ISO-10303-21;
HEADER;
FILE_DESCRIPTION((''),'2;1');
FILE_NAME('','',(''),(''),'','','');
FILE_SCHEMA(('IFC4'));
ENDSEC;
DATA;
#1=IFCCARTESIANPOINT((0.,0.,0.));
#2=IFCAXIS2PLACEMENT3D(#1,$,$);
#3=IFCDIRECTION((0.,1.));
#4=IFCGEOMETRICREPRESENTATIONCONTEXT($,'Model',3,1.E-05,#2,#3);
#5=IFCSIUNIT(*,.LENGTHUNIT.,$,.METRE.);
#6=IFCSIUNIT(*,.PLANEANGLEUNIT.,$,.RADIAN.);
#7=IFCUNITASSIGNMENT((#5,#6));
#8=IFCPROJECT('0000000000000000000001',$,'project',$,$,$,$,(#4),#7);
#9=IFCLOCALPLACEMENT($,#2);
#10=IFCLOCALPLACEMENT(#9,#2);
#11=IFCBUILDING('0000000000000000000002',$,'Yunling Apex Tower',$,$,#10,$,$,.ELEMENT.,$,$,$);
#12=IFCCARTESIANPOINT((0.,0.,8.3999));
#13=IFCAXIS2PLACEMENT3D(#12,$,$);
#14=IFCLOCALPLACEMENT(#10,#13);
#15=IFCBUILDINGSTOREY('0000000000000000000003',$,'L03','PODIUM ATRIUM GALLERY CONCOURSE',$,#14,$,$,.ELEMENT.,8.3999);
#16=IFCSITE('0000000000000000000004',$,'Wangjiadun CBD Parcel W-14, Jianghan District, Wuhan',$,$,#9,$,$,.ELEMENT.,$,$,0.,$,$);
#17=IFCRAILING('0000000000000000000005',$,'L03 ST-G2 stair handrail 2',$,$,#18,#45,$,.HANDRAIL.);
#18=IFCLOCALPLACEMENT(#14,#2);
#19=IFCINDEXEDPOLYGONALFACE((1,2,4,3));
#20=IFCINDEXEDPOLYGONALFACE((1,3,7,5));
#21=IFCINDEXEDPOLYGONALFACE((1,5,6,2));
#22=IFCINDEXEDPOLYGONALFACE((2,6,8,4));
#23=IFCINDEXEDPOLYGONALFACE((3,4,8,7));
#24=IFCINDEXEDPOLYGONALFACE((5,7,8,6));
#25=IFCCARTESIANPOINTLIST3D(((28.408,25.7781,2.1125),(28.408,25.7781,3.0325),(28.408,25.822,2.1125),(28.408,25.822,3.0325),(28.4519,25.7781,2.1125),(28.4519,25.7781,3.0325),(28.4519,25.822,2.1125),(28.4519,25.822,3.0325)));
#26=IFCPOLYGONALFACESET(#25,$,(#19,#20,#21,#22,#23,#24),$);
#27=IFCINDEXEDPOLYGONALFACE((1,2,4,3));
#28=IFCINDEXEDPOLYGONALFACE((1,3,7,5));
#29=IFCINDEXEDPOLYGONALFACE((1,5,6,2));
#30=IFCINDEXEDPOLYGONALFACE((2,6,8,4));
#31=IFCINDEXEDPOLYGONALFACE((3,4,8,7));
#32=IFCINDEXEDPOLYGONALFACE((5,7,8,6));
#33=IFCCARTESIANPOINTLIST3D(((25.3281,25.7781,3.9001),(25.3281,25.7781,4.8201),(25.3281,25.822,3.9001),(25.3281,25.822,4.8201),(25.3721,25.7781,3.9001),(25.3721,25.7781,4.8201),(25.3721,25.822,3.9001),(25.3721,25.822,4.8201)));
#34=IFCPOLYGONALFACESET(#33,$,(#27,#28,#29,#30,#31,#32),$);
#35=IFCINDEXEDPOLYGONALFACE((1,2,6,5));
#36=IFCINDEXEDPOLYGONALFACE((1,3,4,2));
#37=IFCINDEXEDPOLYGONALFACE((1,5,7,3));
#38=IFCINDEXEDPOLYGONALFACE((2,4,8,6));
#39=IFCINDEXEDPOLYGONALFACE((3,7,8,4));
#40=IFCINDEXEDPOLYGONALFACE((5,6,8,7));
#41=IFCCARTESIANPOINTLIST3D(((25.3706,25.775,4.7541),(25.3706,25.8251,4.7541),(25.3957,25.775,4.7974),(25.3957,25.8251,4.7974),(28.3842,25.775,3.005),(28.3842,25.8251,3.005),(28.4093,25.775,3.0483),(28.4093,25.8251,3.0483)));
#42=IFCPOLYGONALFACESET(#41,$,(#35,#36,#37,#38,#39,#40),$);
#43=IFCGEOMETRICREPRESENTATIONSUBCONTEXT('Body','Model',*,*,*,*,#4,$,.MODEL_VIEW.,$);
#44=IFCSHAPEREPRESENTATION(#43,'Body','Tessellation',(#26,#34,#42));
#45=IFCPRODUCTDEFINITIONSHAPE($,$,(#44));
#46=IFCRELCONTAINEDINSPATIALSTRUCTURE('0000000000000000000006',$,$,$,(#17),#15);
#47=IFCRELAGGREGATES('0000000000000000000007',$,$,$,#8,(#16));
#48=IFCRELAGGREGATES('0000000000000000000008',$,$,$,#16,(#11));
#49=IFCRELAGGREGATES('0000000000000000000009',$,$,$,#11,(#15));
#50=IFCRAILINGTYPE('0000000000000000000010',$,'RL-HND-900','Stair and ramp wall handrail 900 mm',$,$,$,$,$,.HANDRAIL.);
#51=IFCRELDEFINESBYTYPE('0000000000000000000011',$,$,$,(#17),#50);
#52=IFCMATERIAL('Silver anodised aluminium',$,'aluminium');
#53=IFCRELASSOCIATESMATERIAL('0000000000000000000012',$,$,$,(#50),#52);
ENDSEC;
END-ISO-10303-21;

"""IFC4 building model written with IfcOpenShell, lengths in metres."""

from ifc_helpers import new_model, si_unit, direction, frame, origin, origin_2d, place, context, subcontext, project, spatial, rectangle, extrude, material, type_object, element, save


model = new_model("IFC4")

# Units and contexts
model_context = context("Model", 3, precision=1e-05, world=origin(), true_north=direction((0.0, 1.0)))
body_context = subcontext(model_context, "Body", "Model", "MODEL_VIEW")
ifc_project = project(units=[si_unit("LENGTHUNIT", "METRE"), si_unit("PLANEANGLEUNIT", "RADIAN")], contexts=[model_context])

# Site, building, storey
site_placement = place(None, origin())
site = spatial("IfcSite", under=ifc_project, at=site_placement, Name="Wangjiadun CBD Parcel W-14, Jianghan District, Wuhan", CompositionType="ELEMENT", RefElevation=0.0)
building_placement = place(site_placement, origin())
building = spatial("IfcBuilding", under=site, at=building_placement, Name="Yunling Apex Tower", CompositionType="ELEMENT")
storey_placement = place(building_placement, frame((0.0, 0.0, 8.3999)))
storey = spatial("IfcBuildingStorey", under=building, at=storey_placement, Name="L03", Description="PODIUM ATRIUM GALLERY CONCOURSE", CompositionType="ELEMENT", Elevation=8.3999)

# Railing
ifc_material_1 = material(Name="Silver anodised aluminium", Category="aluminium")
railing_type_1 = type_object("IfcRailingType", Name="RL-HND-900", Description="Stair and ramp wall handrail 900 mm", PredefinedType="HANDRAIL", material=ifc_material_1)
railing_1_placement = place(storey_placement, frame((28.4299, 25.8, 2.1125)))
element("IfcRailing", 1, at=railing_1_placement, inside=storey, type_object=railing_type_1, Name="L03 ST-G2 stair handrail 2", PredefinedType="HANDRAIL", context=body_context, shape_type="SweptSolid", body=[
    extrude(rectangle(XDim=0.0439, YDim=0.0439, at=origin_2d()), origin(), (0.0, 0.0, 1.0), 0.9199),
    extrude(rectangle(XDim=0.0439, YDim=0.0439, at=origin_2d()), frame((-3.0798, 0.0, 1.7876)), (0.0, 0.0, 1.0), 0.9199),
    extrude(rectangle(XDim=0.05, YDim=0.05, at=origin_2d()), frame((-0.0332, 0.0, 0.9141), z_axis=(-0.864873, 0.0, 0.50199), x_axis=(0.0, -1.0, 0.0)), (0.0, 0.0, 1.0), 3.4844),
])

save(model, "model.ifc")
